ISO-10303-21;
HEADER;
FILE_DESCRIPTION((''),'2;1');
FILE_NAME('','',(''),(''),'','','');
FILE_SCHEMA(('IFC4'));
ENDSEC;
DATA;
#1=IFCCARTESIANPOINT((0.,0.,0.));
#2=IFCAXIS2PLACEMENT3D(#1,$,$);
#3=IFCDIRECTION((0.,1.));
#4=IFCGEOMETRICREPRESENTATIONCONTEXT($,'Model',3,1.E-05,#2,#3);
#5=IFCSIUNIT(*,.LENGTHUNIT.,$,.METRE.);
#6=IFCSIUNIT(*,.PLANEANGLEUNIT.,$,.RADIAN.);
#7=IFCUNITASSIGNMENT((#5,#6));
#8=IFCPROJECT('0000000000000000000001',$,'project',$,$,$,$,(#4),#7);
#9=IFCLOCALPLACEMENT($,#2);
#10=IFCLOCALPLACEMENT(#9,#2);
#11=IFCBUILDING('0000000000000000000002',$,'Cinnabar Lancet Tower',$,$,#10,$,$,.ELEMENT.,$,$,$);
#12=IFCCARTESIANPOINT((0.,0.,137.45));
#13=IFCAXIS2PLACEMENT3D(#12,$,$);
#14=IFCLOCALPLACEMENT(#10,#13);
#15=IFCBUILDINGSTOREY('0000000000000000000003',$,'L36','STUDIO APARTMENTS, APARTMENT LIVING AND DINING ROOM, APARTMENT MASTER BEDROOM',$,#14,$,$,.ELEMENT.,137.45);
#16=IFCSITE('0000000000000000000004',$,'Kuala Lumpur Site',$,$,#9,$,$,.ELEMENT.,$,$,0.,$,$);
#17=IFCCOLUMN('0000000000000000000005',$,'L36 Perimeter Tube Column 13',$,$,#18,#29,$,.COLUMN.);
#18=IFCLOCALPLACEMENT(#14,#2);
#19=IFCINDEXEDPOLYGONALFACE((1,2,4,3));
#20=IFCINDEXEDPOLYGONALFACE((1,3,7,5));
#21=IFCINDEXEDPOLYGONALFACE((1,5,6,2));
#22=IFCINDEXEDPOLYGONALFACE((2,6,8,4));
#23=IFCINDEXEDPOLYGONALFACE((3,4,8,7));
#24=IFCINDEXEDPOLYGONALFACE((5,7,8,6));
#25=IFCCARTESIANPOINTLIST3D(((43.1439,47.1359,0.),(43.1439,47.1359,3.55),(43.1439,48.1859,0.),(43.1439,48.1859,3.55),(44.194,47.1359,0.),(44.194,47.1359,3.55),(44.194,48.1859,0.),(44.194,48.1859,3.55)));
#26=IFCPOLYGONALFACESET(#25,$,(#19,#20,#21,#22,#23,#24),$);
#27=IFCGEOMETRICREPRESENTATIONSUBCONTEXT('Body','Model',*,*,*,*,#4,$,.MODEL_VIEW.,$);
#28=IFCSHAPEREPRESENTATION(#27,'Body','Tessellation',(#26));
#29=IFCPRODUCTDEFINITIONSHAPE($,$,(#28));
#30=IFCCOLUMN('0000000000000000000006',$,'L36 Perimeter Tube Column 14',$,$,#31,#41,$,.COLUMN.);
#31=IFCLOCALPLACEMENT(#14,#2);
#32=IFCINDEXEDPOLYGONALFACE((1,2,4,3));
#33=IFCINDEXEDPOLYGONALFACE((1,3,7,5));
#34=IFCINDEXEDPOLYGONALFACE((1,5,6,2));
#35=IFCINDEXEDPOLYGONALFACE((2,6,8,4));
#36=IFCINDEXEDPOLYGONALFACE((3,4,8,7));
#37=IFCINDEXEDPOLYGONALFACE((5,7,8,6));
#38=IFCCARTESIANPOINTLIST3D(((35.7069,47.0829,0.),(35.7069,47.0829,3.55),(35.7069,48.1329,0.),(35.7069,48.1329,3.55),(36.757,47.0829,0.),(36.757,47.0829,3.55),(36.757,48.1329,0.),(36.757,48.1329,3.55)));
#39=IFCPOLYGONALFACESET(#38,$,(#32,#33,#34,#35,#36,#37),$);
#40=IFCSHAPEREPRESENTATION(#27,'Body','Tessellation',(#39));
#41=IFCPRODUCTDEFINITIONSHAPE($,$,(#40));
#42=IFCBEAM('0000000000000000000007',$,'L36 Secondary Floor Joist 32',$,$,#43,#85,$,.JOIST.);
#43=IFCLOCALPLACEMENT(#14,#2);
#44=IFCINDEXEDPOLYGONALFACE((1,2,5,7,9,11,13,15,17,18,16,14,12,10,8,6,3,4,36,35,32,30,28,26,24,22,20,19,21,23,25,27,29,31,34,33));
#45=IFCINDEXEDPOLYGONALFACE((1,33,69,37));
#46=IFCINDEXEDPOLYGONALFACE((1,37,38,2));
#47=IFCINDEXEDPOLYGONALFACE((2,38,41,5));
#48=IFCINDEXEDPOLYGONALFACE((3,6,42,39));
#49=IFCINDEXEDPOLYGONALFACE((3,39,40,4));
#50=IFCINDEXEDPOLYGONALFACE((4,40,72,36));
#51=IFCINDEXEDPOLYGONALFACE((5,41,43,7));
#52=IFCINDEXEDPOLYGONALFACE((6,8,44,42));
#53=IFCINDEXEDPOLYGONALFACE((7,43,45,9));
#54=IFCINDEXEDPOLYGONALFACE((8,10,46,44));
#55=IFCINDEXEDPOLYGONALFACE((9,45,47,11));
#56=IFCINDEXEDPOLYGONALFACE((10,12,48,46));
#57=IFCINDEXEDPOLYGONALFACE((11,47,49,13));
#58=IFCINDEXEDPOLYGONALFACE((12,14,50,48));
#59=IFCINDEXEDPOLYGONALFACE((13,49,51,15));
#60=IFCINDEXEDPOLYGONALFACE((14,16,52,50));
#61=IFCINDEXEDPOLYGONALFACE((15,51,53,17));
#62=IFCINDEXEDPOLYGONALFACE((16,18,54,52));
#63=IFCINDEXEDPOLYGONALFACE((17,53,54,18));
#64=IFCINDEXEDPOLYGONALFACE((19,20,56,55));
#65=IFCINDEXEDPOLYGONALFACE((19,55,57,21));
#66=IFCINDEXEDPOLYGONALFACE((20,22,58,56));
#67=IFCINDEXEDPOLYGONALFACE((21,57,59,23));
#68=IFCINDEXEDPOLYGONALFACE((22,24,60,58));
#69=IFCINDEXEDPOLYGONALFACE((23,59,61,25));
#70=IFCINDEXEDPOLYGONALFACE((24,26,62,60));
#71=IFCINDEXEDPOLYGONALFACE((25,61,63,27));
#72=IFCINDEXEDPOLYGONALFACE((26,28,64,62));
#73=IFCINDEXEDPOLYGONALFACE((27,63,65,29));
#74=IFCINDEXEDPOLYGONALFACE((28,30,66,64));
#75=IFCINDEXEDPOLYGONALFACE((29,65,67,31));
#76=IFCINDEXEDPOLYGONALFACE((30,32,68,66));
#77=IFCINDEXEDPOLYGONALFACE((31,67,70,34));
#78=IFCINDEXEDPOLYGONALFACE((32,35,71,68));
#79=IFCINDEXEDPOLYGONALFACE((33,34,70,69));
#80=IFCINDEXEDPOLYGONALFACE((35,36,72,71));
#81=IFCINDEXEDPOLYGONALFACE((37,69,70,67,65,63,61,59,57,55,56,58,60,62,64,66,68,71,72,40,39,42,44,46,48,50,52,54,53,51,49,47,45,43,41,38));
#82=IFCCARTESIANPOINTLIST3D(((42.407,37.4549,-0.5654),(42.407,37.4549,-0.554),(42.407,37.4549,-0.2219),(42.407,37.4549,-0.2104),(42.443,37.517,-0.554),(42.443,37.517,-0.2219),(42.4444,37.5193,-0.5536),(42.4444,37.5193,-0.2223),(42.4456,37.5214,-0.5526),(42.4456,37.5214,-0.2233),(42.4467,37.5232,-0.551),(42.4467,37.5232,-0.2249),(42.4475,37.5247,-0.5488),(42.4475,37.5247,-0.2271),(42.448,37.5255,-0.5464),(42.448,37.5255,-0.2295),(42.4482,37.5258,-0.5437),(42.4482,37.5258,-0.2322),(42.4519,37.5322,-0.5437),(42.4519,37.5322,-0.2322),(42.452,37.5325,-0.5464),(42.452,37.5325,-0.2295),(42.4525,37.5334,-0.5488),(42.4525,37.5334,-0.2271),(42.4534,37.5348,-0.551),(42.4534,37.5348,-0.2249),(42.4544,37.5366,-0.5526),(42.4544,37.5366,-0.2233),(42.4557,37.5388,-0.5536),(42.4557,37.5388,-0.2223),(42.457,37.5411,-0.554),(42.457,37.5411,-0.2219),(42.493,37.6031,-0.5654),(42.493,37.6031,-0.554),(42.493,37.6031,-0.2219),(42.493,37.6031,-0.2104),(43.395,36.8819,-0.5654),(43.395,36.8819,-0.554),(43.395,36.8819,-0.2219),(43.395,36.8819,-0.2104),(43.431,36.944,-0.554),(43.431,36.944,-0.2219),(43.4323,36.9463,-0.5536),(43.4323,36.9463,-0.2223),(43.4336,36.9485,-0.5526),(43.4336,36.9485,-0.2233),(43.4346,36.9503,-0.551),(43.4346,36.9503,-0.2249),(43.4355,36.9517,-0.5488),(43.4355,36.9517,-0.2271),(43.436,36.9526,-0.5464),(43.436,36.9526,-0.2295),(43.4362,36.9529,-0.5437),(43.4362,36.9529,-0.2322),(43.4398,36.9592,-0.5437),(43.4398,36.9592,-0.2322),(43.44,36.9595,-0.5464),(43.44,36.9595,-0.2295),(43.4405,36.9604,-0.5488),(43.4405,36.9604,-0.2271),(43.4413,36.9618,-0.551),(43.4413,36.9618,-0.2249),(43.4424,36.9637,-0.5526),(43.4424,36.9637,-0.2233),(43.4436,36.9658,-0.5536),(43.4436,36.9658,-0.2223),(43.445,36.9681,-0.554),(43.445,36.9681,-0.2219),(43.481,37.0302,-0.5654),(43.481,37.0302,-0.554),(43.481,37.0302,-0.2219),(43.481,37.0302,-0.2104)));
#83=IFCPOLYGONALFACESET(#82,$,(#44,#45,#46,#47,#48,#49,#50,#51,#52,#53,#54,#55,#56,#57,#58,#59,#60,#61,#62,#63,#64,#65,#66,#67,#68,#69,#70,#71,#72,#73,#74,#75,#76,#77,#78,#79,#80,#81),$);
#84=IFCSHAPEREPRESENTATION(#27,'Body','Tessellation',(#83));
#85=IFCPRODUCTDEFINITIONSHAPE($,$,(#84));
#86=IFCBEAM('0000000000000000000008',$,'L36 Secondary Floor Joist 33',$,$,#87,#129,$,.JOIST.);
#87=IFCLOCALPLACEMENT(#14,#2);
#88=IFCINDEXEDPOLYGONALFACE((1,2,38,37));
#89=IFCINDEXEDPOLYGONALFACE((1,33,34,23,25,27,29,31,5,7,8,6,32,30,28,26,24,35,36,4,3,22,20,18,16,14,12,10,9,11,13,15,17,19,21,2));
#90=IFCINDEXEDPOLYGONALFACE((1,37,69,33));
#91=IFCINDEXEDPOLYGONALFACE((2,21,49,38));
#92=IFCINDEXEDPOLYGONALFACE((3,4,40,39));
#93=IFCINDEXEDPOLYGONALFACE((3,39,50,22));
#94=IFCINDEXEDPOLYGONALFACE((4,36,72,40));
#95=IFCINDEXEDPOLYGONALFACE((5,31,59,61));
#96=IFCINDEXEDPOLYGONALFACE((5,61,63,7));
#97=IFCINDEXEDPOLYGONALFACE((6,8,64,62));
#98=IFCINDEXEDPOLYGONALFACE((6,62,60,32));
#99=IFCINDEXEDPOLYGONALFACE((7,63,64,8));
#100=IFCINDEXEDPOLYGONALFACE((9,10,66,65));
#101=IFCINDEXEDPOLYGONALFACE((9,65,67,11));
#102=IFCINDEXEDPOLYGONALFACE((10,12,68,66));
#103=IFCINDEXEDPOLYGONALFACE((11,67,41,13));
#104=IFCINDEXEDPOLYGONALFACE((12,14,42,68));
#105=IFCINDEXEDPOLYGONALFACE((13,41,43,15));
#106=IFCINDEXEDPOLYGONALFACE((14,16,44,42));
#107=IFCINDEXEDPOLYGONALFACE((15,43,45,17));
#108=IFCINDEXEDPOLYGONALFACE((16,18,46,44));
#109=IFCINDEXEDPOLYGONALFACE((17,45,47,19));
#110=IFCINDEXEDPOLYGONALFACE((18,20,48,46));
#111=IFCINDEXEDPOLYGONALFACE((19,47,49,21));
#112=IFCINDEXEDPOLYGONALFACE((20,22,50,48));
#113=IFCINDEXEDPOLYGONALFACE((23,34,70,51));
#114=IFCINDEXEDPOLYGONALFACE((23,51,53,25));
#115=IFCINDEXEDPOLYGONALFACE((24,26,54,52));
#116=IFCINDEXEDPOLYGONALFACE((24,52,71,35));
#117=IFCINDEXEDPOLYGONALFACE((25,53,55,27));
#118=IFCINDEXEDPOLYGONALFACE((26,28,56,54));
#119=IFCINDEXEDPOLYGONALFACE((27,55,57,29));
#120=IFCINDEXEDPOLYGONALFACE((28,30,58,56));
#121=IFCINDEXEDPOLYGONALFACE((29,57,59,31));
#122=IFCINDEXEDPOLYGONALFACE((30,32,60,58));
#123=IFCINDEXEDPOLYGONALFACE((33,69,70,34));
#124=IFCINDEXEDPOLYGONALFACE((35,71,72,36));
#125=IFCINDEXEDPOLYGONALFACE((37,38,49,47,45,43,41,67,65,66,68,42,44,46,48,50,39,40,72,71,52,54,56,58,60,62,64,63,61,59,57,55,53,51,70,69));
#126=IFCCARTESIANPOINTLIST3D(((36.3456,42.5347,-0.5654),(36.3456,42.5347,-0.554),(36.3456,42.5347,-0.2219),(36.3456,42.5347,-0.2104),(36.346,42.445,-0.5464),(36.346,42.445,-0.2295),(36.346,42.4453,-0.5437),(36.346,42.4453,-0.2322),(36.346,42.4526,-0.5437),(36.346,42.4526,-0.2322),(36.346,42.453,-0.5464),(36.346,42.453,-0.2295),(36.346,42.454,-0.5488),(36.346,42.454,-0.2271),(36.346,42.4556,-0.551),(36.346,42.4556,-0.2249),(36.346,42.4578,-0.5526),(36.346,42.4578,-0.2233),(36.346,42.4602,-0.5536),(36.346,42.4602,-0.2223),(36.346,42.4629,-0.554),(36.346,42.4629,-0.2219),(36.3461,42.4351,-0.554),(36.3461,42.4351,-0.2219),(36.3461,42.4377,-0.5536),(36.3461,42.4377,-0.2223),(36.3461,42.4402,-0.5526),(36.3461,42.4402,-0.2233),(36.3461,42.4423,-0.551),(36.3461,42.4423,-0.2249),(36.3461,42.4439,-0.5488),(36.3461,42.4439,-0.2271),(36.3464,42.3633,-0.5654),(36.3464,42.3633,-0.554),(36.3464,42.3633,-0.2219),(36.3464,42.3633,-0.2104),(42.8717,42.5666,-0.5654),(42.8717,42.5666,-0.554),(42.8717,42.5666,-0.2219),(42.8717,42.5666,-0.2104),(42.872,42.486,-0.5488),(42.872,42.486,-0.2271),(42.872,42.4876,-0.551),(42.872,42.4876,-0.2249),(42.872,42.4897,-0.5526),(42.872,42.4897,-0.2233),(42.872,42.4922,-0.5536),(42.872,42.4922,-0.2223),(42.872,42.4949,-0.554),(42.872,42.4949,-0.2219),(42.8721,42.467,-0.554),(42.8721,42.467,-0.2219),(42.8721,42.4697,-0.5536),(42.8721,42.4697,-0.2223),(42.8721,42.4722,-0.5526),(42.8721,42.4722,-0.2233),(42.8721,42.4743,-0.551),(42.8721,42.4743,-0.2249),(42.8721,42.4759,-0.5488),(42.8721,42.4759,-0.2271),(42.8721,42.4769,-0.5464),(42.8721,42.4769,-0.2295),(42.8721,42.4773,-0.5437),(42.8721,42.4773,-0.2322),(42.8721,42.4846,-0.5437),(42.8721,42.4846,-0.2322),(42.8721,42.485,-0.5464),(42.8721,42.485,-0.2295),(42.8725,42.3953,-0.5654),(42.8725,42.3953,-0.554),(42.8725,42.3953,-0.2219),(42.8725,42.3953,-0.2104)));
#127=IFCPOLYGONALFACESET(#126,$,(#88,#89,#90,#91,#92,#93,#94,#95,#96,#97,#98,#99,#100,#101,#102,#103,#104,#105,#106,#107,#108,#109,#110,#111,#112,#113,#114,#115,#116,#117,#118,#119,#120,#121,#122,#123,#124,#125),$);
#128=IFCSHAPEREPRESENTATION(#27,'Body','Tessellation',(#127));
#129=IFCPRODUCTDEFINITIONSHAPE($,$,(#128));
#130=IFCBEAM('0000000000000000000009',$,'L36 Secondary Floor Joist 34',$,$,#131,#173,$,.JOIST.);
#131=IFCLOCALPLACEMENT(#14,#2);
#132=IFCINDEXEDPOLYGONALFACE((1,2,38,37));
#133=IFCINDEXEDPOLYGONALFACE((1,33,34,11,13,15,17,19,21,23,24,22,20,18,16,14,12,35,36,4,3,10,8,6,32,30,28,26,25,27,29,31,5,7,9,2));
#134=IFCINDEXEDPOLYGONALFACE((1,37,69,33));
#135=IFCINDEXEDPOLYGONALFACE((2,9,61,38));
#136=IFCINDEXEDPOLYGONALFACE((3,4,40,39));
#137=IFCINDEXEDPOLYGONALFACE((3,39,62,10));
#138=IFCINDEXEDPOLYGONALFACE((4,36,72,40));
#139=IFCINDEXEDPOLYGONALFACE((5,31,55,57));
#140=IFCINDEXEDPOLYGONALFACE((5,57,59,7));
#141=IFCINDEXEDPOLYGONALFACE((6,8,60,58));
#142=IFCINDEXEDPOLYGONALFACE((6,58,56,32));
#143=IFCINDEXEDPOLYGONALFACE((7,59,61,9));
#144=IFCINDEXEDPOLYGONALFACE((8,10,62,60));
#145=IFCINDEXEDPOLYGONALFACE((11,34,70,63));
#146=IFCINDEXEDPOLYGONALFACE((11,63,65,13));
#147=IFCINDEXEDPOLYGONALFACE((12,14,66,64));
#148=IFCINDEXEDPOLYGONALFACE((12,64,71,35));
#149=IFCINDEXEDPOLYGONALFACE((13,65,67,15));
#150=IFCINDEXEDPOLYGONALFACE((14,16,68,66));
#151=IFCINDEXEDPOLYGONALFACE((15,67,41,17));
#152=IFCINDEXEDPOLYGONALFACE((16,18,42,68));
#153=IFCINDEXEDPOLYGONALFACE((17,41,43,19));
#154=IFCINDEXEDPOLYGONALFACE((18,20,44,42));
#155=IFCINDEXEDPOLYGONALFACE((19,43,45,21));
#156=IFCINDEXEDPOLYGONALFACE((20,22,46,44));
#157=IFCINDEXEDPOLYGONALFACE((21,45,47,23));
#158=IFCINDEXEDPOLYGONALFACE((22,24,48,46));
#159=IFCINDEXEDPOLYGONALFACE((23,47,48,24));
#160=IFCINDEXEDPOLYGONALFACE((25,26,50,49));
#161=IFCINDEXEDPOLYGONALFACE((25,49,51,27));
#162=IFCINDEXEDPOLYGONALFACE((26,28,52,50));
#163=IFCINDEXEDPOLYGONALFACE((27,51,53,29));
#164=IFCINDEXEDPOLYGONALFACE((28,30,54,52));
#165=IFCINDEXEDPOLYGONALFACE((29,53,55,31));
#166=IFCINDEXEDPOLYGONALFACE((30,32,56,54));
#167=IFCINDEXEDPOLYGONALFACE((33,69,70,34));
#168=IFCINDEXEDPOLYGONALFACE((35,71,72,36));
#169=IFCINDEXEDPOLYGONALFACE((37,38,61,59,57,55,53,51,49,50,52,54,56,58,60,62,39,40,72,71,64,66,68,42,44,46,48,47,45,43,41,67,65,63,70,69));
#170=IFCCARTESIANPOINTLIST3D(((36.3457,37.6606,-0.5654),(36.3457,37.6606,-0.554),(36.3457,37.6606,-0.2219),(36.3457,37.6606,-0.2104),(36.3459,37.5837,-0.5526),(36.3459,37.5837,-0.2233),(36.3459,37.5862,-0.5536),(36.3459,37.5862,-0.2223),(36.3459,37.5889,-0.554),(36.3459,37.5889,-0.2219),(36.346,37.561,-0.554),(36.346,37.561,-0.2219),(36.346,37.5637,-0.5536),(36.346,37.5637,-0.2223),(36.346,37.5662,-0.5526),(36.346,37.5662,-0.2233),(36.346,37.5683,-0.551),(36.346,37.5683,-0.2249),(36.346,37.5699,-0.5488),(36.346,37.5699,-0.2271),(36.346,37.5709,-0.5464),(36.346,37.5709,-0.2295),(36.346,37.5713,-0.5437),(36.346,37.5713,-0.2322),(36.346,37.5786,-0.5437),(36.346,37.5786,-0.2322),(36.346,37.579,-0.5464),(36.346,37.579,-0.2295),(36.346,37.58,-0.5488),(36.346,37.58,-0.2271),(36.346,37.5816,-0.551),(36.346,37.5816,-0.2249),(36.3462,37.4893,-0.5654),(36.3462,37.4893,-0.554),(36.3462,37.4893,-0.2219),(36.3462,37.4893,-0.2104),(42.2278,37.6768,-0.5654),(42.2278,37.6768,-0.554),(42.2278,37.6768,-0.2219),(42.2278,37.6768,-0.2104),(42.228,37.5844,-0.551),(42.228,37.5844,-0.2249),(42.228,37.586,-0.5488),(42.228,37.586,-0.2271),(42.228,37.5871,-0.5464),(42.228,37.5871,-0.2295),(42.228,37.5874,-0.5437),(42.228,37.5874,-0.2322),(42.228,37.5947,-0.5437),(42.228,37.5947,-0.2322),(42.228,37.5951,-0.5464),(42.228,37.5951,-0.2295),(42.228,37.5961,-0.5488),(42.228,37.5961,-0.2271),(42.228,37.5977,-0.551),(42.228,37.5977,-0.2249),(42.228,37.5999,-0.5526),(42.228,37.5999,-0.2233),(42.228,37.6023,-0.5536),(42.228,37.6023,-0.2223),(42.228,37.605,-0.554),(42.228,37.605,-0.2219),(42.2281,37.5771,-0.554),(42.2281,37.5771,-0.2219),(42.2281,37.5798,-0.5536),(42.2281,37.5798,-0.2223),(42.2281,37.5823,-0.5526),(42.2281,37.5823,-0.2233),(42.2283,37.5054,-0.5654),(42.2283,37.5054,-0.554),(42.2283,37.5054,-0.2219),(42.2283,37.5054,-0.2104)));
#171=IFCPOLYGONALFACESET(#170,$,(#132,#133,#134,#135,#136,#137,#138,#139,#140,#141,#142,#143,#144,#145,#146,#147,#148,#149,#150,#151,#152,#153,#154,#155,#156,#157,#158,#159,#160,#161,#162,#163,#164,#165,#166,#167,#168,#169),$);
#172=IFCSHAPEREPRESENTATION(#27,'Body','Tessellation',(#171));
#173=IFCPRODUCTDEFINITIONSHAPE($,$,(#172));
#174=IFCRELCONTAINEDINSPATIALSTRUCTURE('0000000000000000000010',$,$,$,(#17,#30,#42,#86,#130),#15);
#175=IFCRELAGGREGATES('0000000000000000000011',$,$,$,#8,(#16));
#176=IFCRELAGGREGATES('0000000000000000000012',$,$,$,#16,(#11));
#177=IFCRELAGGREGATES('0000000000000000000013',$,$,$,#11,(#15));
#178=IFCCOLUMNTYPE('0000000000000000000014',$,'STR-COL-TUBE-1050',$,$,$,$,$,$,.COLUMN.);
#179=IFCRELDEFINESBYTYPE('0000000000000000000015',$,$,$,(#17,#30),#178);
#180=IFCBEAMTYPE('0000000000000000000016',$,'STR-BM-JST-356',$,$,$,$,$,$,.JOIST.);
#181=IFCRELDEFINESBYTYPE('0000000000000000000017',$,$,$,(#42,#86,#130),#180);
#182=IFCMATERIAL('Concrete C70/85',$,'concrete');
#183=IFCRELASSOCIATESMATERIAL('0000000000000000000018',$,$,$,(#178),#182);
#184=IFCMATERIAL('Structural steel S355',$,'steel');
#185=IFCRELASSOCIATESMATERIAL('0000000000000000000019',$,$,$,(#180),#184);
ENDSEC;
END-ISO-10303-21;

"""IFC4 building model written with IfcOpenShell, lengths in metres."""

from ifc_helpers import new_model, si_unit, direction, frame, origin, origin_2d, place, context, subcontext, project, spatial, rectangle, i_section, extrude, material, material_profile, profile_set, type_object, element, save


model = new_model("IFC4")

# Units and contexts
model_context = context("Model", 3, precision=1e-05, world=origin(), true_north=direction((0.0, 1.0)))
body_context = subcontext(model_context, "Body", "Model", "MODEL_VIEW")
ifc_project = project(units=[si_unit("LENGTHUNIT", "METRE"), si_unit("PLANEANGLEUNIT", "RADIAN")], contexts=[model_context])

# Site, building, storey
site_placement = place(None, origin())
site = spatial("IfcSite", under=ifc_project, at=site_placement, Name="Kuala Lumpur Site", CompositionType="ELEMENT", RefElevation=0.0)
building_placement = place(site_placement, origin())
building = spatial("IfcBuilding", under=site, at=building_placement, Name="Cinnabar Lancet Tower", CompositionType="ELEMENT")
storey_placement = place(building_placement, frame((0.0, 0.0, 137.45)))
storey = spatial("IfcBuildingStorey", under=building, at=storey_placement, Name="L36", Description="STUDIO APARTMENTS, APARTMENT LIVING AND DINING ROOM, APARTMENT MASTER BEDROOM", CompositionType="ELEMENT", Elevation=137.45)

# Columns
ifc_material_1 = material(Name="Concrete C70/85", Category="concrete")
ifc_material_profile_1 = material_profile(ifc_material_1, rectangle(XDim=1.05, YDim=1.05, at=origin_2d()), Name="RC-COL 1050x1050")
ifc_profile_set_1 = profile_set([ifc_material_profile_1], Name="Concrete C70/85")
column_type = type_object("IfcColumnType", Name="STR-COL-TUBE-1050", PredefinedType="COLUMN", material=ifc_profile_set_1)
for number, where, z_axis, x_axis, name in (
    (1, (43.6689, 47.6609, 0.0), (0.0, 0.0, 1.0), (1.0, 0.0, 0.0), "L36 Perimeter Tube Column 13"),
    (2, (36.2319, 47.6079, 0.0), (0.0, 0.0, 1.0), (1.0, 0.0, 0.0), "L36 Perimeter Tube Column 14"),
):
    element("IfcColumn", number, at=place(storey_placement, frame(where, z_axis=z_axis, x_axis=x_axis)), inside=storey, type_object=column_type, Name=name, PredefinedType="COLUMN", context=body_context, shape_type="SweptSolid", body=[
        extrude(rectangle(XDim=1.05, YDim=1.05, at=origin_2d()), origin(), (0.0, 0.0, 1.0), 3.55),
    ])

# Beams
ifc_material_2 = material(Name="Structural steel S355", Category="steel")
ifc_material_profile_2 = material_profile(ifc_material_2, i_section(OverallWidth=0.1714, OverallDepth=0.355, WebThickness=0.0073, FlangeThickness=0.0115, FilletRadius=0.0103, at=origin_2d()), Name="UKB 356x171x51")
ifc_profile_set_2 = profile_set([ifc_material_profile_2], Name="Structural steel S355")
beam_type_1 = type_object("IfcBeamType", Name="STR-BM-JST-356", PredefinedType="JOIST", material=ifc_profile_set_2)
beam_1_placement = place(storey_placement, frame((43.438, 36.9561, -0.3879), z_axis=(-0.865055, 0.501677, 0.0), x_axis=(-0.501677, -0.865055, 0.0)))
element("IfcBeam", 3, at=beam_1_placement, inside=storey, type_object=beam_type_1, Name="L36 Secondary Floor Joist 32", PredefinedType="JOIST", context=body_context, shape_type="SweptSolid", body=[
    extrude(i_section(OverallWidth=0.1714, OverallDepth=0.355, WebThickness=0.0073, FlangeThickness=0.0115, FilletRadius=0.0103, at=origin_2d()), origin(), (0.0, 0.0, 1.0), 1.1421),
])
beam_2_placement = place(storey_placement, frame((42.8721, 42.481, -0.3879), z_axis=(-0.999988, -0.004901, 0.0), x_axis=(0.004901, -0.999988, 0.0)))
element("IfcBeam", 4, at=beam_2_placement, inside=storey, type_object=beam_type_1, Name="L36 Secondary Floor Joist 33", PredefinedType="JOIST", context=body_context, shape_type="SweptSolid", body=[
    extrude(i_section(OverallWidth=0.1714, OverallDepth=0.355, WebThickness=0.0073, FlangeThickness=0.0115, FilletRadius=0.0103, at=origin_2d()), origin(), (0.0, 0.0, 1.0), 6.5261),
])
beam_3_placement = place(storey_placement, frame((42.228, 37.5911, -0.3879), z_axis=(-0.999996, -0.002739, 0.0), x_axis=(0.002739, -0.999996, 0.0)))
element("IfcBeam", 5, at=beam_3_placement, inside=storey, type_object=beam_type_1, Name="L36 Secondary Floor Joist 34", PredefinedType="JOIST", context=body_context, shape_type="SweptSolid", body=[
    extrude(i_section(OverallWidth=0.1714, OverallDepth=0.355, WebThickness=0.0073, FlangeThickness=0.0115, FilletRadius=0.0103, at=origin_2d()), origin(), (0.0, 0.0, 1.0), 5.8821),
])

save(model, "model.ifc")
